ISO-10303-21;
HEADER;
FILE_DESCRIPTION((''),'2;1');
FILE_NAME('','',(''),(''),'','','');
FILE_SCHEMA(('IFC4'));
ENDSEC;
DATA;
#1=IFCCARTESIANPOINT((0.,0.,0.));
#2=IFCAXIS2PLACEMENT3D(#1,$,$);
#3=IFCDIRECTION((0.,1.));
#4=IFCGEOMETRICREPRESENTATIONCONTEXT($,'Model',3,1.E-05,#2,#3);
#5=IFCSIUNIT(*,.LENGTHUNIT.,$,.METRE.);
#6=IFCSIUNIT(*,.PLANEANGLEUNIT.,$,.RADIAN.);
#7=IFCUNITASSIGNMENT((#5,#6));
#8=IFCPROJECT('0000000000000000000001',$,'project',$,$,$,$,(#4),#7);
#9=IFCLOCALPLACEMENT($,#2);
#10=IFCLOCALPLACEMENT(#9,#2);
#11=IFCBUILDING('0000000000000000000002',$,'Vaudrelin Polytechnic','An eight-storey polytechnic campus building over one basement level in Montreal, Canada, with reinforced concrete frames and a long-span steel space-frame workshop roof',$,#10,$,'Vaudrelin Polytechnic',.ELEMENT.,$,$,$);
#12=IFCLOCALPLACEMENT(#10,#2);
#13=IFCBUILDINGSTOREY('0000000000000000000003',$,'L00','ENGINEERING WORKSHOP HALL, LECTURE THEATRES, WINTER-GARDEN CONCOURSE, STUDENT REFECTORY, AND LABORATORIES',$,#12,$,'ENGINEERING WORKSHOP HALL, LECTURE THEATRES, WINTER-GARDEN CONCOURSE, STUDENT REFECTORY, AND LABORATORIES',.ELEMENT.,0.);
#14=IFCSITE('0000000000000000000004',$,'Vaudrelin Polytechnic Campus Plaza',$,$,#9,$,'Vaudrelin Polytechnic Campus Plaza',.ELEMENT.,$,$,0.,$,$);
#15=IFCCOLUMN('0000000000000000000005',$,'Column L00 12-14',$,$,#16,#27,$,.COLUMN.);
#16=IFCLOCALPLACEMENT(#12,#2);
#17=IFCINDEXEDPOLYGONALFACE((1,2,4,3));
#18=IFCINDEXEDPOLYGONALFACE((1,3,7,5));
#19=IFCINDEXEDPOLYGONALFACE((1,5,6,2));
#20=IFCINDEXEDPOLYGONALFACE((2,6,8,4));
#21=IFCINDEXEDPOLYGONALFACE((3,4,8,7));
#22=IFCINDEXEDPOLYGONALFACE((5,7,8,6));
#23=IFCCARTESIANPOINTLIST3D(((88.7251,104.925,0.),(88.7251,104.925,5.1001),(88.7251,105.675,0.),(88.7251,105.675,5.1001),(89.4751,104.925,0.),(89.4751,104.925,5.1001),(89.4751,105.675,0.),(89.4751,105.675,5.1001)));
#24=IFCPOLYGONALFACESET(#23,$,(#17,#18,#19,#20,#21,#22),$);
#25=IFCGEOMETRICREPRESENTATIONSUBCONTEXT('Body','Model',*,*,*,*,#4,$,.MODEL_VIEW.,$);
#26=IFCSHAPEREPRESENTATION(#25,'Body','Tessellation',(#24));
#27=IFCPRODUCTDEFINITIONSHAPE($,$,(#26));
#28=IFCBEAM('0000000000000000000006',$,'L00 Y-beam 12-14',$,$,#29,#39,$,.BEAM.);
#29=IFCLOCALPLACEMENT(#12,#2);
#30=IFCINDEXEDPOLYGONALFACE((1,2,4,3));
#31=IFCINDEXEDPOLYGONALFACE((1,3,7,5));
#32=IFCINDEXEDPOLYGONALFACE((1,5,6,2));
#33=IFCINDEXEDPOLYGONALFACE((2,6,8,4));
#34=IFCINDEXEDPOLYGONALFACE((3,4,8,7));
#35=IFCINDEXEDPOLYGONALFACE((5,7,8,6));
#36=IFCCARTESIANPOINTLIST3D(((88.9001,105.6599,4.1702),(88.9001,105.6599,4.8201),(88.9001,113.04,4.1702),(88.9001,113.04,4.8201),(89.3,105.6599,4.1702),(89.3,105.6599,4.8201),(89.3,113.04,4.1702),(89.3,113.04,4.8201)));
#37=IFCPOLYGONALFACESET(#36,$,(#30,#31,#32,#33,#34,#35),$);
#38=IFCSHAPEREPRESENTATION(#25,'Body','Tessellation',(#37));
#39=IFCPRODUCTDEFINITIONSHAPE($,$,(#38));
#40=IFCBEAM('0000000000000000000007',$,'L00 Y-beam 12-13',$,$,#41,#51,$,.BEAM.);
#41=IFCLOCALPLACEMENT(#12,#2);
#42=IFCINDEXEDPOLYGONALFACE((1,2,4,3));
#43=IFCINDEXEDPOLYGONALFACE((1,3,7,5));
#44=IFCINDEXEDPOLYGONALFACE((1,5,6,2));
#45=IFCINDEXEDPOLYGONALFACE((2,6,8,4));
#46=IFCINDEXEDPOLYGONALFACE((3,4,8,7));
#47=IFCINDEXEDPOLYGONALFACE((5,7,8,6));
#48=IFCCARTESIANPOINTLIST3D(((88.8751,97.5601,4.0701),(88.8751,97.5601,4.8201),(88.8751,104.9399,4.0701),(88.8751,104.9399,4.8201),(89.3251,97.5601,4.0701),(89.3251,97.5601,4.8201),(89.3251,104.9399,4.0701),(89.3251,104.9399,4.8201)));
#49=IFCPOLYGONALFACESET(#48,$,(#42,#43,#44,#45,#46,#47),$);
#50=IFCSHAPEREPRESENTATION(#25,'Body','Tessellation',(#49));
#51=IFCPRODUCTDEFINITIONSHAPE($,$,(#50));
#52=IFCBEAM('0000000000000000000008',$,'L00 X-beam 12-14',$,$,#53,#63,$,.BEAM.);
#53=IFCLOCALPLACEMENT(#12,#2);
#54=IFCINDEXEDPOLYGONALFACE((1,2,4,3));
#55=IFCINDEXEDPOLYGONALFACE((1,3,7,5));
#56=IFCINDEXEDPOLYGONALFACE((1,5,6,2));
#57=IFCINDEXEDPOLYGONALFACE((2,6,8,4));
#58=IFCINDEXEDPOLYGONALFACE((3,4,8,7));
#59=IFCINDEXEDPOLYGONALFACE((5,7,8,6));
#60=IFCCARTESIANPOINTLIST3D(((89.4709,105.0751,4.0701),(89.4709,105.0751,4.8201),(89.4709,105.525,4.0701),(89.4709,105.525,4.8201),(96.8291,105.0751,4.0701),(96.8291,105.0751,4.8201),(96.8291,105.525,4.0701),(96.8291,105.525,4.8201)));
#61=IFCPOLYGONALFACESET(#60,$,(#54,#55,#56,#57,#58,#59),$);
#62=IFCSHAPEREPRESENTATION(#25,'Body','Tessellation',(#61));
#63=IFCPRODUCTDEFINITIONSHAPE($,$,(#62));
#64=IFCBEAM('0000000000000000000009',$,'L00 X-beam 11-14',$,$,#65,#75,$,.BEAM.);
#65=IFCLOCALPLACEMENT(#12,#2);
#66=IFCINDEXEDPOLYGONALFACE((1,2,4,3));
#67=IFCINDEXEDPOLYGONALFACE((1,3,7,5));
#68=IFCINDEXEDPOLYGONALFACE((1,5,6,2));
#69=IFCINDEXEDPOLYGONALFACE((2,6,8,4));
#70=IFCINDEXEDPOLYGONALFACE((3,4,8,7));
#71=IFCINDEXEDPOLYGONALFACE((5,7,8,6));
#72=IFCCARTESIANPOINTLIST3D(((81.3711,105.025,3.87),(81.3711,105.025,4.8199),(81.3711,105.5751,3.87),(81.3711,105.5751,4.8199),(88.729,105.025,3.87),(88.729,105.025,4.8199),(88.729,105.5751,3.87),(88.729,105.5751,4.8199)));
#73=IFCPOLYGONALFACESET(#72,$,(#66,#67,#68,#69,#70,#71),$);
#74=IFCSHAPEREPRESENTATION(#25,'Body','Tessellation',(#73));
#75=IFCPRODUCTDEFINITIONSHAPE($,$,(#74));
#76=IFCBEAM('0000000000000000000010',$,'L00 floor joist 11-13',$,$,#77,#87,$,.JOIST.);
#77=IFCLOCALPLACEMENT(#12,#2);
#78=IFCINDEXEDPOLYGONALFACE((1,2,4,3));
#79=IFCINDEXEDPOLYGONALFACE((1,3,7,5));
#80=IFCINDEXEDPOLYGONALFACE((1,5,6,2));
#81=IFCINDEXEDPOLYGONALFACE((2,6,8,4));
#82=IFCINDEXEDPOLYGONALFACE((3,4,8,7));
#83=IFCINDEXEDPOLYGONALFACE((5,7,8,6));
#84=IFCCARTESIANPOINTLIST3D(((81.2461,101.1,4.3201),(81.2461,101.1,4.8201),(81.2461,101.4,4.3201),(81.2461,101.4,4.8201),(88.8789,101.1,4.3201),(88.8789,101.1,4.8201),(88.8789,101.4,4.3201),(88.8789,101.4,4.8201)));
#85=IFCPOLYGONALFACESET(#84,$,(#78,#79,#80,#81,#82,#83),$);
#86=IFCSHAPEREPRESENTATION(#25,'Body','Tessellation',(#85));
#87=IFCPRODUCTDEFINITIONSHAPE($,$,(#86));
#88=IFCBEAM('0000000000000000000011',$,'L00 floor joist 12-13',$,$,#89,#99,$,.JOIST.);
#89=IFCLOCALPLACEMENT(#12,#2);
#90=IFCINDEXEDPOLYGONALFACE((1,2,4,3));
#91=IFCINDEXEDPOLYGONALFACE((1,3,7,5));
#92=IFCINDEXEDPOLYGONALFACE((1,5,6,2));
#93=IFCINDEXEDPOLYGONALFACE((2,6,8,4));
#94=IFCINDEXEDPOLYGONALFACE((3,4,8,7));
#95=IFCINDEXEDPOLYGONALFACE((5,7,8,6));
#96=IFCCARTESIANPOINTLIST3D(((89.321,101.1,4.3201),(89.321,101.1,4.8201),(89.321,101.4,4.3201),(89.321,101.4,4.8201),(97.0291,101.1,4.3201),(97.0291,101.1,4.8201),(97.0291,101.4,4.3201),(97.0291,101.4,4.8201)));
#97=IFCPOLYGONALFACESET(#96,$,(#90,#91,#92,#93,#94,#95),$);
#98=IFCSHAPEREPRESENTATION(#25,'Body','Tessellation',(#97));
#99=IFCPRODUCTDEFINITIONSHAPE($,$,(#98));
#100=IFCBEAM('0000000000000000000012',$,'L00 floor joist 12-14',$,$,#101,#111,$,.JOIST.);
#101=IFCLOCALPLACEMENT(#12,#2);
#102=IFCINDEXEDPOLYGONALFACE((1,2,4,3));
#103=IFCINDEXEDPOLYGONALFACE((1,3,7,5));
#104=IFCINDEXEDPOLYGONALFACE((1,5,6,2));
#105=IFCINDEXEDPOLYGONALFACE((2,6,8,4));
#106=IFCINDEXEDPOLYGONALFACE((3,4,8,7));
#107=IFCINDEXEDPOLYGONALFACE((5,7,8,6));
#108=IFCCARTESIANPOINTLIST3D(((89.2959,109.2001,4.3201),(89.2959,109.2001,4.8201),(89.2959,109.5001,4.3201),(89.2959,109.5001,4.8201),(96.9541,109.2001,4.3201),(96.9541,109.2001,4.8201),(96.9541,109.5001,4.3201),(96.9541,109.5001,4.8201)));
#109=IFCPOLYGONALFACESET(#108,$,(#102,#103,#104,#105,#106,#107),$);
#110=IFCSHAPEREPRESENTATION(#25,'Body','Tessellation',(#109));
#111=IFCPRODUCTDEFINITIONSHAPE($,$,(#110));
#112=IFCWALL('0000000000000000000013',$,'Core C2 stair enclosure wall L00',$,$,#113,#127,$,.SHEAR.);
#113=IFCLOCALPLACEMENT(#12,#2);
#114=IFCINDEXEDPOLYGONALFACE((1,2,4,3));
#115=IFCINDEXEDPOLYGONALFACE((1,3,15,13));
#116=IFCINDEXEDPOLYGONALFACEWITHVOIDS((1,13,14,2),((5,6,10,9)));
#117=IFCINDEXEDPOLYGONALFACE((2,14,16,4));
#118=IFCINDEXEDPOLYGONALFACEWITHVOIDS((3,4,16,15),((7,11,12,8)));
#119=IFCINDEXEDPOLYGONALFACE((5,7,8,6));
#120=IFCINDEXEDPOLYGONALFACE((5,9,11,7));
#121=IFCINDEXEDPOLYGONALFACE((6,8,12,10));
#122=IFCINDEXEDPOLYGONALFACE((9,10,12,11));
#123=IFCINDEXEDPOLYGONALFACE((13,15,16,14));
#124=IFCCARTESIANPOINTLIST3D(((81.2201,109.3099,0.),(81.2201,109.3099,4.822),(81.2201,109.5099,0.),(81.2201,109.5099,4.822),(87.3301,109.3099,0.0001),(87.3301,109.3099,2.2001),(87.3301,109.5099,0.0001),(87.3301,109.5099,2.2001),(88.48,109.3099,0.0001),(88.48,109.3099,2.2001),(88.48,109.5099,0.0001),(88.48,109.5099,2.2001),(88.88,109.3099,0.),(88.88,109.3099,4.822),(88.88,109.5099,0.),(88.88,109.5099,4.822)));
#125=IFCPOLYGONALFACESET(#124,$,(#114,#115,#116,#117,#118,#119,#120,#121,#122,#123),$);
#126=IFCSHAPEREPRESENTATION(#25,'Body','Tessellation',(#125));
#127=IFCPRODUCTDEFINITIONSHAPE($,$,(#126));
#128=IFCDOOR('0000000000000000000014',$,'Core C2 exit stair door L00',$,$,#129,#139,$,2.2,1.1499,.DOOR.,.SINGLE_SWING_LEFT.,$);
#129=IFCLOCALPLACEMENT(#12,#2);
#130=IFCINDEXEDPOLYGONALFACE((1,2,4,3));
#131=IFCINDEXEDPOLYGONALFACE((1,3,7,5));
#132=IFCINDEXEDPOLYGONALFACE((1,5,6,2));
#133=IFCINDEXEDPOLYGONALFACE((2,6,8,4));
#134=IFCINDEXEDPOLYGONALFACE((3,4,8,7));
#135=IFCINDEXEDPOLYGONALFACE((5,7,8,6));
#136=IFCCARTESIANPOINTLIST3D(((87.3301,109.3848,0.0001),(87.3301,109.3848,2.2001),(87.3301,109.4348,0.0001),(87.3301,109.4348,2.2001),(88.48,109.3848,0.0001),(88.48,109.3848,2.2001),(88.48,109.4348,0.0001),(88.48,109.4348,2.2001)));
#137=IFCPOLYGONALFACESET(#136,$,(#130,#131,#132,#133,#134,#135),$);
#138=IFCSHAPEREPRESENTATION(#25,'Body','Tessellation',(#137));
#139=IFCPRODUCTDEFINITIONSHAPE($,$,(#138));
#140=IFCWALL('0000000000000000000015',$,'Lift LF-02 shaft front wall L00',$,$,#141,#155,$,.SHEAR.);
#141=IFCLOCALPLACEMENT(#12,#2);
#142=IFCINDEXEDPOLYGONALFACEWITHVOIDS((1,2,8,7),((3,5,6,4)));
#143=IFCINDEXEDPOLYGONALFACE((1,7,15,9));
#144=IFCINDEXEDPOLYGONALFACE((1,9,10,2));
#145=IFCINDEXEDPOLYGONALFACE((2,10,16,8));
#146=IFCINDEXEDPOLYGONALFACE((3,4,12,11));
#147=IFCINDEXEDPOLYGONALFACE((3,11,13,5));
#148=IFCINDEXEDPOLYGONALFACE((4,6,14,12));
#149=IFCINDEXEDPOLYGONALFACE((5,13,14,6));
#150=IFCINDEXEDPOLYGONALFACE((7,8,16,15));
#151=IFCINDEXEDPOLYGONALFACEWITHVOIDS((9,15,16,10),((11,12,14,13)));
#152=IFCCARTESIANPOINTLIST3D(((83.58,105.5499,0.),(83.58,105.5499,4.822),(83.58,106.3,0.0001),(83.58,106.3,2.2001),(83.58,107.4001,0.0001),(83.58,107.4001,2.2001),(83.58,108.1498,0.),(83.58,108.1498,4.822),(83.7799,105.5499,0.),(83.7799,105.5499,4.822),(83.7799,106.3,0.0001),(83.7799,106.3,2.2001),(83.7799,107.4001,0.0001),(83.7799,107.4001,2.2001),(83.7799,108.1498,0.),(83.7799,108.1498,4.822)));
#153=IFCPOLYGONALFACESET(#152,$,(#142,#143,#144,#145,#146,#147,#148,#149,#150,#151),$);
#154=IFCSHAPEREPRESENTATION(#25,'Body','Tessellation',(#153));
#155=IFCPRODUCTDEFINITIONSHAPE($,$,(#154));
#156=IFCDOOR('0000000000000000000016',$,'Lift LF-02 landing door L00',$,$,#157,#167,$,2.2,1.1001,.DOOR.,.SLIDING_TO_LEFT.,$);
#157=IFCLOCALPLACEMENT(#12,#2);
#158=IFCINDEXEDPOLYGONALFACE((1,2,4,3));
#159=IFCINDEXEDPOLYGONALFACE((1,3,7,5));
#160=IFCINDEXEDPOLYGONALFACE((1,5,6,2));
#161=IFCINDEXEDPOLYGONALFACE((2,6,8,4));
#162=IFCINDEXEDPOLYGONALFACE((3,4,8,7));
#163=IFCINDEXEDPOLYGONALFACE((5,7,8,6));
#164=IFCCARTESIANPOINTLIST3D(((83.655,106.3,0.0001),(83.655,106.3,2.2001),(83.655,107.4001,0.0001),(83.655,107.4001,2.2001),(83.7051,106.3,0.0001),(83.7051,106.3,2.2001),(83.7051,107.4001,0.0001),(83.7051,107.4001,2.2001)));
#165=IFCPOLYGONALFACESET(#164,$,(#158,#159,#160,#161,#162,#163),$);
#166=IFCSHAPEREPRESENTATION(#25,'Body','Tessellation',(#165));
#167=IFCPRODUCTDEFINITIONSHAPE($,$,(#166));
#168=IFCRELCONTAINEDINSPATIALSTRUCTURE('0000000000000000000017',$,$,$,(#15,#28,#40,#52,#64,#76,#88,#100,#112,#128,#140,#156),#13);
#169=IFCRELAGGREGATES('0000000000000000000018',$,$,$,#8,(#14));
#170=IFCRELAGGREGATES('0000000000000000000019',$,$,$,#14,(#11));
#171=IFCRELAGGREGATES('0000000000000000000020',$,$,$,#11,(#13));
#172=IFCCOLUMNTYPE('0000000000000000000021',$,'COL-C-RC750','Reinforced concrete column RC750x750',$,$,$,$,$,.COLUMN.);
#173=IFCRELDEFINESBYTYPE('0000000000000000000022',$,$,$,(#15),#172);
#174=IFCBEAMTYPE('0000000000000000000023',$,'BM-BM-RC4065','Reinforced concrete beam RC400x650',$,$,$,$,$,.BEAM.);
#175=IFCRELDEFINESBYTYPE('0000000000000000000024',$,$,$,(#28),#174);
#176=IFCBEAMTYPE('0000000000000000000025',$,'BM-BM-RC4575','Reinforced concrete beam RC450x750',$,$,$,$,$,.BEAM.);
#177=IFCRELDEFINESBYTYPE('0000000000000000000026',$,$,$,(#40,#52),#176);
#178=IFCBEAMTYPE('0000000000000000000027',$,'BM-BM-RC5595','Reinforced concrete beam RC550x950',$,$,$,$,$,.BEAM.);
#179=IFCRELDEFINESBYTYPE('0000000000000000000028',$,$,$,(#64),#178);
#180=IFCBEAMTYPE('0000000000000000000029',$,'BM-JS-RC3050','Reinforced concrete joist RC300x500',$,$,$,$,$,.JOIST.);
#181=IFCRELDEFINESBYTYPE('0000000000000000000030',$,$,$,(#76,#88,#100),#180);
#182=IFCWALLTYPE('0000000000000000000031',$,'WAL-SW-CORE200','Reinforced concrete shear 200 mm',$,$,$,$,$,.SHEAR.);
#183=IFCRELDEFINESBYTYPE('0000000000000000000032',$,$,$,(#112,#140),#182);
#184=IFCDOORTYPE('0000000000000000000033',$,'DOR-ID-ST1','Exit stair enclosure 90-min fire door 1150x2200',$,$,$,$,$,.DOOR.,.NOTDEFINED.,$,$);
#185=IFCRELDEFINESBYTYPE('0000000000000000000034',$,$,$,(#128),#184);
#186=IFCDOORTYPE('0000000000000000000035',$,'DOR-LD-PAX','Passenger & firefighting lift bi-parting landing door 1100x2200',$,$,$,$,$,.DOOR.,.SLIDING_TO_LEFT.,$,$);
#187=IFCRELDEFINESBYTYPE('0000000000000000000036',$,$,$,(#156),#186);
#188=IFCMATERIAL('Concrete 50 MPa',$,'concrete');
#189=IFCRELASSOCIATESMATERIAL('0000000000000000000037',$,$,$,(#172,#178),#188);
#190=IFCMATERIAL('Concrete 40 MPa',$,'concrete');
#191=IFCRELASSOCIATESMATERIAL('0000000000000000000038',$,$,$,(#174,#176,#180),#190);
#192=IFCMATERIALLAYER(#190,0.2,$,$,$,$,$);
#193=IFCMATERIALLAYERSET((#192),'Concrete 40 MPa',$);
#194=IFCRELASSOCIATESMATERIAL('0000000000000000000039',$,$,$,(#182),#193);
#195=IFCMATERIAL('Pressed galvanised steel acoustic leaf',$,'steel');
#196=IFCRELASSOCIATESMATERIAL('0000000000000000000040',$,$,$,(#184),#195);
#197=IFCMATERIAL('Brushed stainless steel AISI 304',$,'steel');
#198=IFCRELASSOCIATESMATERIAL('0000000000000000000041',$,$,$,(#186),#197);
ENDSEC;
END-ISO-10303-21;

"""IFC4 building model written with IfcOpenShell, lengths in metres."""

from ifc_helpers import new_model, si_unit, direction, frame, frame_2d, origin, origin_2d, place, context, subcontext, project, spatial, rectangle, extrude, material, layer, layer_set, material_profile, profile_set, type_object, element, fill, save


model = new_model("IFC4")

# Units and contexts
model_context = context("Model", 3, precision=1e-05, world=origin(), true_north=direction((0.0, 1.0)))
body_context = subcontext(model_context, "Body", "Model", "MODEL_VIEW")
ifc_project = project(units=[si_unit("LENGTHUNIT", "METRE"), si_unit("PLANEANGLEUNIT", "RADIAN")], contexts=[model_context])

# Site, building, storey
site_placement = place(None, origin())
site = spatial("IfcSite", under=ifc_project, at=site_placement, Name="Vaudrelin Polytechnic Campus Plaza", LongName="Vaudrelin Polytechnic Campus Plaza", CompositionType="ELEMENT", RefElevation=0.0)
building_placement = place(site_placement, origin())
building = spatial("IfcBuilding", under=site, at=building_placement, Name="Vaudrelin Polytechnic", Description="An eight-storey polytechnic campus building over one basement level in Montreal, Canada, with reinforced concrete frames and a long-span steel space-frame workshop roof", LongName="Vaudrelin Polytechnic", CompositionType="ELEMENT")
storey_placement = place(building_placement, origin())
storey = spatial("IfcBuildingStorey", under=building, at=storey_placement, Name="L00", Description="ENGINEERING WORKSHOP HALL, LECTURE THEATRES, WINTER-GARDEN CONCOURSE, STUDENT REFECTORY, AND LABORATORIES", LongName="ENGINEERING WORKSHOP HALL, LECTURE THEATRES, WINTER-GARDEN CONCOURSE, STUDENT REFECTORY, AND LABORATORIES", CompositionType="ELEMENT", Elevation=0.0)

# Column
ifc_material_1 = material(Name="Concrete 50 MPa", Category="concrete")
ifc_material_profile_1 = material_profile(ifc_material_1, rectangle(XDim=0.75, YDim=0.75, at=origin_2d()), Name="RC750x750")
ifc_profile_set_1 = profile_set([ifc_material_profile_1], Name="Concrete 50 MPa")
column_type = type_object("IfcColumnType", Name="COL-C-RC750", Description="Reinforced concrete column RC750x750", PredefinedType="COLUMN", material=ifc_profile_set_1)
column_placement = place(storey_placement, frame((89.1001, 105.3, 0.0), z_axis=(0.0, 0.0, 1.0), x_axis=(1.0, 0.0, 0.0)))
element("IfcColumn", 1, at=column_placement, inside=storey, type_object=column_type, Name="Column L00 12-14", PredefinedType="COLUMN", context=body_context, shape_type="SweptSolid", body=[
    extrude(rectangle(XDim=0.75, YDim=0.75, at=origin_2d()), origin(), (0.0, 0.0, 1.0), 5.1001),
])

# Beams
ifc_material_2 = material(Name="Concrete 40 MPa", Category="concrete")
ifc_material_profile_2 = material_profile(ifc_material_2, rectangle(XDim=0.3999, YDim=0.6499, at=origin_2d()), Name="RC400x650")
ifc_profile_set_2 = profile_set([ifc_material_profile_2], Name="Concrete 40 MPa")
beam_type_1 = type_object("IfcBeamType", Name="BM-BM-RC4065", Description="Reinforced concrete beam RC400x650", PredefinedType="BEAM", material=ifc_profile_set_2)
beam_1_placement = place(storey_placement, frame((89.1001, 105.6599, 4.4951), z_axis=(0.0, 1.0, 0.0), x_axis=(-1.0, 0.0, 0.0)))
element("IfcBeam", 2, at=beam_1_placement, inside=storey, type_object=beam_type_1, Name="L00 Y-beam 12-14", PredefinedType="BEAM", context=body_context, shape_type="SweptSolid", body=[
    extrude(rectangle(XDim=0.3999, YDim=0.6499, at=origin_2d()), origin(), (0.0, 0.0, 1.0), 7.3801),
])
ifc_material_profile_3 = material_profile(ifc_material_2, rectangle(XDim=0.45, YDim=0.75, at=origin_2d()), Name="RC450x750")
ifc_profile_set_3 = profile_set([ifc_material_profile_3], Name="Concrete 40 MPa")
beam_type_2 = type_object("IfcBeamType", Name="BM-BM-RC4575", Description="Reinforced concrete beam RC450x750", PredefinedType="BEAM", material=ifc_profile_set_3)
beam_2_placement = place(storey_placement, frame((89.1001, 97.5601, 4.4451), z_axis=(0.0, 1.0, 0.0), x_axis=(-1.0, 0.0, 0.0)))
element("IfcBeam", 3, at=beam_2_placement, inside=storey, type_object=beam_type_2, Name="L00 Y-beam 12-13", PredefinedType="BEAM", context=body_context, shape_type="SweptSolid", body=[
    extrude(rectangle(XDim=0.45, YDim=0.75, at=origin_2d()), origin(), (0.0, 0.0, 1.0), 7.3799),
])
beam_3_placement = place(storey_placement, frame((89.4709, 105.3, 4.4451), z_axis=(1.0, 0.0, 0.0), x_axis=(0.0, 1.0, 0.0)))
element("IfcBeam", 4, at=beam_3_placement, inside=storey, type_object=beam_type_2, Name="L00 X-beam 12-14", PredefinedType="BEAM", context=body_context, shape_type="SweptSolid", body=[
    extrude(rectangle(XDim=0.45, YDim=0.75, at=origin_2d()), origin(), (0.0, 0.0, 1.0), 7.3582),
])
ifc_material_profile_4 = material_profile(ifc_material_1, rectangle(XDim=0.55, YDim=0.95, at=origin_2d()), Name="RC550x950")
ifc_profile_set_4 = profile_set([ifc_material_profile_4], Name="Concrete 50 MPa")
beam_type_3 = type_object("IfcBeamType", Name="BM-BM-RC5595", Description="Reinforced concrete beam RC550x950", PredefinedType="BEAM", material=ifc_profile_set_4)
beam_4_placement = place(storey_placement, frame((81.3711, 105.3, 4.345), z_axis=(1.0, 0.0, 0.0), x_axis=(0.0, 1.0, 0.0)))
element("IfcBeam", 5, at=beam_4_placement, inside=storey, type_object=beam_type_3, Name="L00 X-beam 11-14", PredefinedType="BEAM", context=body_context, shape_type="SweptSolid", body=[
    extrude(rectangle(XDim=0.55, YDim=0.95, at=origin_2d()), origin(), (0.0, 0.0, 1.0), 7.3579),
])
ifc_material_profile_5 = material_profile(ifc_material_2, rectangle(XDim=0.3, YDim=0.5, at=origin_2d()), Name="RC300x500")
ifc_profile_set_5 = profile_set([ifc_material_profile_5], Name="Concrete 40 MPa")
beam_type_4 = type_object("IfcBeamType", Name="BM-JS-RC3050", Description="Reinforced concrete joist RC300x500", PredefinedType="JOIST", material=ifc_profile_set_5)
beam_5_placement = place(storey_placement, frame((81.2461, 101.25, 4.5701), z_axis=(1.0, 0.0, 0.0), x_axis=(0.0, 1.0, 0.0)))
element("IfcBeam", 6, at=beam_5_placement, inside=storey, type_object=beam_type_4, Name="L00 floor joist 11-13", PredefinedType="JOIST", context=body_context, shape_type="SweptSolid", body=[
    extrude(rectangle(XDim=0.3, YDim=0.5, at=origin_2d()), origin(), (0.0, 0.0, 1.0), 7.6328),
])
beam_6_placement = place(storey_placement, frame((89.321, 101.25, 4.5701), z_axis=(1.0, 0.0, 0.0), x_axis=(0.0, 1.0, 0.0)))
element("IfcBeam", 7, at=beam_6_placement, inside=storey, type_object=beam_type_4, Name="L00 floor joist 12-13", PredefinedType="JOIST", context=body_context, shape_type="SweptSolid", body=[
    extrude(rectangle(XDim=0.3, YDim=0.5, at=origin_2d()), origin(), (0.0, 0.0, 1.0), 7.708),
])
beam_7_placement = place(storey_placement, frame((89.2959, 109.3501, 4.5701), z_axis=(1.0, 0.0, 0.0), x_axis=(0.0, 1.0, 0.0)))
element("IfcBeam", 8, at=beam_7_placement, inside=storey, type_object=beam_type_4, Name="L00 floor joist 12-14", PredefinedType="JOIST", context=body_context, shape_type="SweptSolid", body=[
    extrude(rectangle(XDim=0.3, YDim=0.5, at=origin_2d()), origin(), (0.0, 0.0, 1.0), 7.6582),
])

# Walls, openings, doors
ifc_material_3 = material(Name="Pressed galvanised steel acoustic leaf", Category="steel")
ifc_layer_1 = layer(ifc_material_2, 0.2)
ifc_layer_set_1 = layer_set([ifc_layer_1], Name="Concrete 40 MPa")
wall_type_1 = type_object("IfcWallType", Name="WAL-SW-CORE200", Description="Reinforced concrete shear 200 mm", PredefinedType="SHEAR", material=ifc_layer_set_1)
wall_1_placement = place(storey_placement, frame((81.22, 109.4099, 0.0), z_axis=(0.0, 0.0, 1.0), x_axis=(1.0, 0.0, 0.0)))
wall_1 = element("IfcWall", 9, at=wall_1_placement, inside=storey, type_object=wall_type_1, Name="Core C2 stair enclosure wall L00", PredefinedType="SHEAR", context=body_context, shape_type="SweptSolid", body=[
    extrude(rectangle(XDim=7.6599, YDim=0.2, at=frame_2d((3.8301, 0.0))), origin(), (0.0, 0.0, 1.0), 4.822),
])
opening_1_placement = place(wall_1_placement, frame((6.1101, 0.0, 0.0)))
opening_1 = element("IfcOpeningElement", 10, at=opening_1_placement, cuts=wall_1, PredefinedType="OPENING", context=body_context, shape_type="SweptSolid", body=[
    extrude(rectangle(XDim=1.1499, YDim=2.2, at=frame_2d((0.575, 1.1001))), frame((0.0, 0.1099, 0.0), z_axis=(0.0, -1.0, 0.0), x_axis=(1.0, 0.0, 0.0)), (0.0, 0.0, 1.0), 0.22),
])
door_type_1 = type_object("IfcDoorType", Name="DOR-ID-ST1", Description="Exit stair enclosure 90-min fire door 1150x2200", OperationType="NOTDEFINED", PredefinedType="DOOR", material=ifc_material_3)
door_1_placement = place(opening_1_placement, origin())
door_1 = element("IfcDoor", 11, at=door_1_placement, inside=storey, type_object=door_type_1, Name="Core C2 exit stair door L00", OperationType="SINGLE_SWING_LEFT", OverallHeight=2.2, OverallWidth=1.1499, PredefinedType="DOOR", context=body_context, shape_type="SweptSolid", body=[
    extrude(rectangle(XDim=1.1499, YDim=2.2, at=frame_2d((0.575, 1.1001))), frame((0.0, 0.0249, 0.0), z_axis=(0.0, -1.0, 0.0), x_axis=(1.0, 0.0, 0.0)), (0.0, 0.0, 1.0), 0.05),
])
fill(opening_1, door_1)
wall_2_placement = place(storey_placement, frame((83.6799, 105.55, 0.0), z_axis=(0.0, 0.0, 1.0), x_axis=(0.0, 1.0, 0.0)))
wall_2 = element("IfcWall", 12, at=wall_2_placement, inside=storey, type_object=wall_type_1, Name="Lift LF-02 shaft front wall L00", PredefinedType="SHEAR", context=body_context, shape_type="SweptSolid", body=[
    extrude(rectangle(XDim=2.5999, YDim=0.2, at=frame_2d((1.2998, 0.0))), origin(), (0.0, 0.0, 1.0), 4.822),
])
opening_2_placement = place(wall_2_placement, frame((0.75, 0.0, 0.0)))
opening_2 = element("IfcOpeningElement", 13, at=opening_2_placement, cuts=wall_2, PredefinedType="OPENING", context=body_context, shape_type="SweptSolid", body=[
    extrude(rectangle(XDim=1.1001, YDim=2.2, at=frame_2d((0.55, 1.1001))), frame((0.0, 0.1099, 0.0), z_axis=(0.0, -1.0, 0.0), x_axis=(1.0, 0.0, 0.0)), (0.0, 0.0, 1.0), 0.22),
])
ifc_material_4 = material(Name="Brushed stainless steel AISI 304", Category="steel")
door_type_2 = type_object("IfcDoorType", Name="DOR-LD-PAX", Description="Passenger & firefighting lift bi-parting landing door 1100x2200", OperationType="SLIDING_TO_LEFT", PredefinedType="DOOR", material=ifc_material_4)
door_2_placement = place(opening_2_placement, origin())
door_2 = element("IfcDoor", 14, at=door_2_placement, inside=storey, type_object=door_type_2, Name="Lift LF-02 landing door L00", OperationType="SLIDING_TO_LEFT", OverallHeight=2.2, OverallWidth=1.1001, PredefinedType="DOOR", context=body_context, shape_type="SweptSolid", body=[
    extrude(rectangle(XDim=1.1001, YDim=2.2, at=frame_2d((0.55, 1.1001))), frame((0.0, 0.0249, 0.0), z_axis=(0.0, -1.0, 0.0), x_axis=(1.0, 0.0, 0.0)), (0.0, 0.0, 1.0), 0.05),
])
fill(opening_2, door_2)

save(model, "model.ifc")
